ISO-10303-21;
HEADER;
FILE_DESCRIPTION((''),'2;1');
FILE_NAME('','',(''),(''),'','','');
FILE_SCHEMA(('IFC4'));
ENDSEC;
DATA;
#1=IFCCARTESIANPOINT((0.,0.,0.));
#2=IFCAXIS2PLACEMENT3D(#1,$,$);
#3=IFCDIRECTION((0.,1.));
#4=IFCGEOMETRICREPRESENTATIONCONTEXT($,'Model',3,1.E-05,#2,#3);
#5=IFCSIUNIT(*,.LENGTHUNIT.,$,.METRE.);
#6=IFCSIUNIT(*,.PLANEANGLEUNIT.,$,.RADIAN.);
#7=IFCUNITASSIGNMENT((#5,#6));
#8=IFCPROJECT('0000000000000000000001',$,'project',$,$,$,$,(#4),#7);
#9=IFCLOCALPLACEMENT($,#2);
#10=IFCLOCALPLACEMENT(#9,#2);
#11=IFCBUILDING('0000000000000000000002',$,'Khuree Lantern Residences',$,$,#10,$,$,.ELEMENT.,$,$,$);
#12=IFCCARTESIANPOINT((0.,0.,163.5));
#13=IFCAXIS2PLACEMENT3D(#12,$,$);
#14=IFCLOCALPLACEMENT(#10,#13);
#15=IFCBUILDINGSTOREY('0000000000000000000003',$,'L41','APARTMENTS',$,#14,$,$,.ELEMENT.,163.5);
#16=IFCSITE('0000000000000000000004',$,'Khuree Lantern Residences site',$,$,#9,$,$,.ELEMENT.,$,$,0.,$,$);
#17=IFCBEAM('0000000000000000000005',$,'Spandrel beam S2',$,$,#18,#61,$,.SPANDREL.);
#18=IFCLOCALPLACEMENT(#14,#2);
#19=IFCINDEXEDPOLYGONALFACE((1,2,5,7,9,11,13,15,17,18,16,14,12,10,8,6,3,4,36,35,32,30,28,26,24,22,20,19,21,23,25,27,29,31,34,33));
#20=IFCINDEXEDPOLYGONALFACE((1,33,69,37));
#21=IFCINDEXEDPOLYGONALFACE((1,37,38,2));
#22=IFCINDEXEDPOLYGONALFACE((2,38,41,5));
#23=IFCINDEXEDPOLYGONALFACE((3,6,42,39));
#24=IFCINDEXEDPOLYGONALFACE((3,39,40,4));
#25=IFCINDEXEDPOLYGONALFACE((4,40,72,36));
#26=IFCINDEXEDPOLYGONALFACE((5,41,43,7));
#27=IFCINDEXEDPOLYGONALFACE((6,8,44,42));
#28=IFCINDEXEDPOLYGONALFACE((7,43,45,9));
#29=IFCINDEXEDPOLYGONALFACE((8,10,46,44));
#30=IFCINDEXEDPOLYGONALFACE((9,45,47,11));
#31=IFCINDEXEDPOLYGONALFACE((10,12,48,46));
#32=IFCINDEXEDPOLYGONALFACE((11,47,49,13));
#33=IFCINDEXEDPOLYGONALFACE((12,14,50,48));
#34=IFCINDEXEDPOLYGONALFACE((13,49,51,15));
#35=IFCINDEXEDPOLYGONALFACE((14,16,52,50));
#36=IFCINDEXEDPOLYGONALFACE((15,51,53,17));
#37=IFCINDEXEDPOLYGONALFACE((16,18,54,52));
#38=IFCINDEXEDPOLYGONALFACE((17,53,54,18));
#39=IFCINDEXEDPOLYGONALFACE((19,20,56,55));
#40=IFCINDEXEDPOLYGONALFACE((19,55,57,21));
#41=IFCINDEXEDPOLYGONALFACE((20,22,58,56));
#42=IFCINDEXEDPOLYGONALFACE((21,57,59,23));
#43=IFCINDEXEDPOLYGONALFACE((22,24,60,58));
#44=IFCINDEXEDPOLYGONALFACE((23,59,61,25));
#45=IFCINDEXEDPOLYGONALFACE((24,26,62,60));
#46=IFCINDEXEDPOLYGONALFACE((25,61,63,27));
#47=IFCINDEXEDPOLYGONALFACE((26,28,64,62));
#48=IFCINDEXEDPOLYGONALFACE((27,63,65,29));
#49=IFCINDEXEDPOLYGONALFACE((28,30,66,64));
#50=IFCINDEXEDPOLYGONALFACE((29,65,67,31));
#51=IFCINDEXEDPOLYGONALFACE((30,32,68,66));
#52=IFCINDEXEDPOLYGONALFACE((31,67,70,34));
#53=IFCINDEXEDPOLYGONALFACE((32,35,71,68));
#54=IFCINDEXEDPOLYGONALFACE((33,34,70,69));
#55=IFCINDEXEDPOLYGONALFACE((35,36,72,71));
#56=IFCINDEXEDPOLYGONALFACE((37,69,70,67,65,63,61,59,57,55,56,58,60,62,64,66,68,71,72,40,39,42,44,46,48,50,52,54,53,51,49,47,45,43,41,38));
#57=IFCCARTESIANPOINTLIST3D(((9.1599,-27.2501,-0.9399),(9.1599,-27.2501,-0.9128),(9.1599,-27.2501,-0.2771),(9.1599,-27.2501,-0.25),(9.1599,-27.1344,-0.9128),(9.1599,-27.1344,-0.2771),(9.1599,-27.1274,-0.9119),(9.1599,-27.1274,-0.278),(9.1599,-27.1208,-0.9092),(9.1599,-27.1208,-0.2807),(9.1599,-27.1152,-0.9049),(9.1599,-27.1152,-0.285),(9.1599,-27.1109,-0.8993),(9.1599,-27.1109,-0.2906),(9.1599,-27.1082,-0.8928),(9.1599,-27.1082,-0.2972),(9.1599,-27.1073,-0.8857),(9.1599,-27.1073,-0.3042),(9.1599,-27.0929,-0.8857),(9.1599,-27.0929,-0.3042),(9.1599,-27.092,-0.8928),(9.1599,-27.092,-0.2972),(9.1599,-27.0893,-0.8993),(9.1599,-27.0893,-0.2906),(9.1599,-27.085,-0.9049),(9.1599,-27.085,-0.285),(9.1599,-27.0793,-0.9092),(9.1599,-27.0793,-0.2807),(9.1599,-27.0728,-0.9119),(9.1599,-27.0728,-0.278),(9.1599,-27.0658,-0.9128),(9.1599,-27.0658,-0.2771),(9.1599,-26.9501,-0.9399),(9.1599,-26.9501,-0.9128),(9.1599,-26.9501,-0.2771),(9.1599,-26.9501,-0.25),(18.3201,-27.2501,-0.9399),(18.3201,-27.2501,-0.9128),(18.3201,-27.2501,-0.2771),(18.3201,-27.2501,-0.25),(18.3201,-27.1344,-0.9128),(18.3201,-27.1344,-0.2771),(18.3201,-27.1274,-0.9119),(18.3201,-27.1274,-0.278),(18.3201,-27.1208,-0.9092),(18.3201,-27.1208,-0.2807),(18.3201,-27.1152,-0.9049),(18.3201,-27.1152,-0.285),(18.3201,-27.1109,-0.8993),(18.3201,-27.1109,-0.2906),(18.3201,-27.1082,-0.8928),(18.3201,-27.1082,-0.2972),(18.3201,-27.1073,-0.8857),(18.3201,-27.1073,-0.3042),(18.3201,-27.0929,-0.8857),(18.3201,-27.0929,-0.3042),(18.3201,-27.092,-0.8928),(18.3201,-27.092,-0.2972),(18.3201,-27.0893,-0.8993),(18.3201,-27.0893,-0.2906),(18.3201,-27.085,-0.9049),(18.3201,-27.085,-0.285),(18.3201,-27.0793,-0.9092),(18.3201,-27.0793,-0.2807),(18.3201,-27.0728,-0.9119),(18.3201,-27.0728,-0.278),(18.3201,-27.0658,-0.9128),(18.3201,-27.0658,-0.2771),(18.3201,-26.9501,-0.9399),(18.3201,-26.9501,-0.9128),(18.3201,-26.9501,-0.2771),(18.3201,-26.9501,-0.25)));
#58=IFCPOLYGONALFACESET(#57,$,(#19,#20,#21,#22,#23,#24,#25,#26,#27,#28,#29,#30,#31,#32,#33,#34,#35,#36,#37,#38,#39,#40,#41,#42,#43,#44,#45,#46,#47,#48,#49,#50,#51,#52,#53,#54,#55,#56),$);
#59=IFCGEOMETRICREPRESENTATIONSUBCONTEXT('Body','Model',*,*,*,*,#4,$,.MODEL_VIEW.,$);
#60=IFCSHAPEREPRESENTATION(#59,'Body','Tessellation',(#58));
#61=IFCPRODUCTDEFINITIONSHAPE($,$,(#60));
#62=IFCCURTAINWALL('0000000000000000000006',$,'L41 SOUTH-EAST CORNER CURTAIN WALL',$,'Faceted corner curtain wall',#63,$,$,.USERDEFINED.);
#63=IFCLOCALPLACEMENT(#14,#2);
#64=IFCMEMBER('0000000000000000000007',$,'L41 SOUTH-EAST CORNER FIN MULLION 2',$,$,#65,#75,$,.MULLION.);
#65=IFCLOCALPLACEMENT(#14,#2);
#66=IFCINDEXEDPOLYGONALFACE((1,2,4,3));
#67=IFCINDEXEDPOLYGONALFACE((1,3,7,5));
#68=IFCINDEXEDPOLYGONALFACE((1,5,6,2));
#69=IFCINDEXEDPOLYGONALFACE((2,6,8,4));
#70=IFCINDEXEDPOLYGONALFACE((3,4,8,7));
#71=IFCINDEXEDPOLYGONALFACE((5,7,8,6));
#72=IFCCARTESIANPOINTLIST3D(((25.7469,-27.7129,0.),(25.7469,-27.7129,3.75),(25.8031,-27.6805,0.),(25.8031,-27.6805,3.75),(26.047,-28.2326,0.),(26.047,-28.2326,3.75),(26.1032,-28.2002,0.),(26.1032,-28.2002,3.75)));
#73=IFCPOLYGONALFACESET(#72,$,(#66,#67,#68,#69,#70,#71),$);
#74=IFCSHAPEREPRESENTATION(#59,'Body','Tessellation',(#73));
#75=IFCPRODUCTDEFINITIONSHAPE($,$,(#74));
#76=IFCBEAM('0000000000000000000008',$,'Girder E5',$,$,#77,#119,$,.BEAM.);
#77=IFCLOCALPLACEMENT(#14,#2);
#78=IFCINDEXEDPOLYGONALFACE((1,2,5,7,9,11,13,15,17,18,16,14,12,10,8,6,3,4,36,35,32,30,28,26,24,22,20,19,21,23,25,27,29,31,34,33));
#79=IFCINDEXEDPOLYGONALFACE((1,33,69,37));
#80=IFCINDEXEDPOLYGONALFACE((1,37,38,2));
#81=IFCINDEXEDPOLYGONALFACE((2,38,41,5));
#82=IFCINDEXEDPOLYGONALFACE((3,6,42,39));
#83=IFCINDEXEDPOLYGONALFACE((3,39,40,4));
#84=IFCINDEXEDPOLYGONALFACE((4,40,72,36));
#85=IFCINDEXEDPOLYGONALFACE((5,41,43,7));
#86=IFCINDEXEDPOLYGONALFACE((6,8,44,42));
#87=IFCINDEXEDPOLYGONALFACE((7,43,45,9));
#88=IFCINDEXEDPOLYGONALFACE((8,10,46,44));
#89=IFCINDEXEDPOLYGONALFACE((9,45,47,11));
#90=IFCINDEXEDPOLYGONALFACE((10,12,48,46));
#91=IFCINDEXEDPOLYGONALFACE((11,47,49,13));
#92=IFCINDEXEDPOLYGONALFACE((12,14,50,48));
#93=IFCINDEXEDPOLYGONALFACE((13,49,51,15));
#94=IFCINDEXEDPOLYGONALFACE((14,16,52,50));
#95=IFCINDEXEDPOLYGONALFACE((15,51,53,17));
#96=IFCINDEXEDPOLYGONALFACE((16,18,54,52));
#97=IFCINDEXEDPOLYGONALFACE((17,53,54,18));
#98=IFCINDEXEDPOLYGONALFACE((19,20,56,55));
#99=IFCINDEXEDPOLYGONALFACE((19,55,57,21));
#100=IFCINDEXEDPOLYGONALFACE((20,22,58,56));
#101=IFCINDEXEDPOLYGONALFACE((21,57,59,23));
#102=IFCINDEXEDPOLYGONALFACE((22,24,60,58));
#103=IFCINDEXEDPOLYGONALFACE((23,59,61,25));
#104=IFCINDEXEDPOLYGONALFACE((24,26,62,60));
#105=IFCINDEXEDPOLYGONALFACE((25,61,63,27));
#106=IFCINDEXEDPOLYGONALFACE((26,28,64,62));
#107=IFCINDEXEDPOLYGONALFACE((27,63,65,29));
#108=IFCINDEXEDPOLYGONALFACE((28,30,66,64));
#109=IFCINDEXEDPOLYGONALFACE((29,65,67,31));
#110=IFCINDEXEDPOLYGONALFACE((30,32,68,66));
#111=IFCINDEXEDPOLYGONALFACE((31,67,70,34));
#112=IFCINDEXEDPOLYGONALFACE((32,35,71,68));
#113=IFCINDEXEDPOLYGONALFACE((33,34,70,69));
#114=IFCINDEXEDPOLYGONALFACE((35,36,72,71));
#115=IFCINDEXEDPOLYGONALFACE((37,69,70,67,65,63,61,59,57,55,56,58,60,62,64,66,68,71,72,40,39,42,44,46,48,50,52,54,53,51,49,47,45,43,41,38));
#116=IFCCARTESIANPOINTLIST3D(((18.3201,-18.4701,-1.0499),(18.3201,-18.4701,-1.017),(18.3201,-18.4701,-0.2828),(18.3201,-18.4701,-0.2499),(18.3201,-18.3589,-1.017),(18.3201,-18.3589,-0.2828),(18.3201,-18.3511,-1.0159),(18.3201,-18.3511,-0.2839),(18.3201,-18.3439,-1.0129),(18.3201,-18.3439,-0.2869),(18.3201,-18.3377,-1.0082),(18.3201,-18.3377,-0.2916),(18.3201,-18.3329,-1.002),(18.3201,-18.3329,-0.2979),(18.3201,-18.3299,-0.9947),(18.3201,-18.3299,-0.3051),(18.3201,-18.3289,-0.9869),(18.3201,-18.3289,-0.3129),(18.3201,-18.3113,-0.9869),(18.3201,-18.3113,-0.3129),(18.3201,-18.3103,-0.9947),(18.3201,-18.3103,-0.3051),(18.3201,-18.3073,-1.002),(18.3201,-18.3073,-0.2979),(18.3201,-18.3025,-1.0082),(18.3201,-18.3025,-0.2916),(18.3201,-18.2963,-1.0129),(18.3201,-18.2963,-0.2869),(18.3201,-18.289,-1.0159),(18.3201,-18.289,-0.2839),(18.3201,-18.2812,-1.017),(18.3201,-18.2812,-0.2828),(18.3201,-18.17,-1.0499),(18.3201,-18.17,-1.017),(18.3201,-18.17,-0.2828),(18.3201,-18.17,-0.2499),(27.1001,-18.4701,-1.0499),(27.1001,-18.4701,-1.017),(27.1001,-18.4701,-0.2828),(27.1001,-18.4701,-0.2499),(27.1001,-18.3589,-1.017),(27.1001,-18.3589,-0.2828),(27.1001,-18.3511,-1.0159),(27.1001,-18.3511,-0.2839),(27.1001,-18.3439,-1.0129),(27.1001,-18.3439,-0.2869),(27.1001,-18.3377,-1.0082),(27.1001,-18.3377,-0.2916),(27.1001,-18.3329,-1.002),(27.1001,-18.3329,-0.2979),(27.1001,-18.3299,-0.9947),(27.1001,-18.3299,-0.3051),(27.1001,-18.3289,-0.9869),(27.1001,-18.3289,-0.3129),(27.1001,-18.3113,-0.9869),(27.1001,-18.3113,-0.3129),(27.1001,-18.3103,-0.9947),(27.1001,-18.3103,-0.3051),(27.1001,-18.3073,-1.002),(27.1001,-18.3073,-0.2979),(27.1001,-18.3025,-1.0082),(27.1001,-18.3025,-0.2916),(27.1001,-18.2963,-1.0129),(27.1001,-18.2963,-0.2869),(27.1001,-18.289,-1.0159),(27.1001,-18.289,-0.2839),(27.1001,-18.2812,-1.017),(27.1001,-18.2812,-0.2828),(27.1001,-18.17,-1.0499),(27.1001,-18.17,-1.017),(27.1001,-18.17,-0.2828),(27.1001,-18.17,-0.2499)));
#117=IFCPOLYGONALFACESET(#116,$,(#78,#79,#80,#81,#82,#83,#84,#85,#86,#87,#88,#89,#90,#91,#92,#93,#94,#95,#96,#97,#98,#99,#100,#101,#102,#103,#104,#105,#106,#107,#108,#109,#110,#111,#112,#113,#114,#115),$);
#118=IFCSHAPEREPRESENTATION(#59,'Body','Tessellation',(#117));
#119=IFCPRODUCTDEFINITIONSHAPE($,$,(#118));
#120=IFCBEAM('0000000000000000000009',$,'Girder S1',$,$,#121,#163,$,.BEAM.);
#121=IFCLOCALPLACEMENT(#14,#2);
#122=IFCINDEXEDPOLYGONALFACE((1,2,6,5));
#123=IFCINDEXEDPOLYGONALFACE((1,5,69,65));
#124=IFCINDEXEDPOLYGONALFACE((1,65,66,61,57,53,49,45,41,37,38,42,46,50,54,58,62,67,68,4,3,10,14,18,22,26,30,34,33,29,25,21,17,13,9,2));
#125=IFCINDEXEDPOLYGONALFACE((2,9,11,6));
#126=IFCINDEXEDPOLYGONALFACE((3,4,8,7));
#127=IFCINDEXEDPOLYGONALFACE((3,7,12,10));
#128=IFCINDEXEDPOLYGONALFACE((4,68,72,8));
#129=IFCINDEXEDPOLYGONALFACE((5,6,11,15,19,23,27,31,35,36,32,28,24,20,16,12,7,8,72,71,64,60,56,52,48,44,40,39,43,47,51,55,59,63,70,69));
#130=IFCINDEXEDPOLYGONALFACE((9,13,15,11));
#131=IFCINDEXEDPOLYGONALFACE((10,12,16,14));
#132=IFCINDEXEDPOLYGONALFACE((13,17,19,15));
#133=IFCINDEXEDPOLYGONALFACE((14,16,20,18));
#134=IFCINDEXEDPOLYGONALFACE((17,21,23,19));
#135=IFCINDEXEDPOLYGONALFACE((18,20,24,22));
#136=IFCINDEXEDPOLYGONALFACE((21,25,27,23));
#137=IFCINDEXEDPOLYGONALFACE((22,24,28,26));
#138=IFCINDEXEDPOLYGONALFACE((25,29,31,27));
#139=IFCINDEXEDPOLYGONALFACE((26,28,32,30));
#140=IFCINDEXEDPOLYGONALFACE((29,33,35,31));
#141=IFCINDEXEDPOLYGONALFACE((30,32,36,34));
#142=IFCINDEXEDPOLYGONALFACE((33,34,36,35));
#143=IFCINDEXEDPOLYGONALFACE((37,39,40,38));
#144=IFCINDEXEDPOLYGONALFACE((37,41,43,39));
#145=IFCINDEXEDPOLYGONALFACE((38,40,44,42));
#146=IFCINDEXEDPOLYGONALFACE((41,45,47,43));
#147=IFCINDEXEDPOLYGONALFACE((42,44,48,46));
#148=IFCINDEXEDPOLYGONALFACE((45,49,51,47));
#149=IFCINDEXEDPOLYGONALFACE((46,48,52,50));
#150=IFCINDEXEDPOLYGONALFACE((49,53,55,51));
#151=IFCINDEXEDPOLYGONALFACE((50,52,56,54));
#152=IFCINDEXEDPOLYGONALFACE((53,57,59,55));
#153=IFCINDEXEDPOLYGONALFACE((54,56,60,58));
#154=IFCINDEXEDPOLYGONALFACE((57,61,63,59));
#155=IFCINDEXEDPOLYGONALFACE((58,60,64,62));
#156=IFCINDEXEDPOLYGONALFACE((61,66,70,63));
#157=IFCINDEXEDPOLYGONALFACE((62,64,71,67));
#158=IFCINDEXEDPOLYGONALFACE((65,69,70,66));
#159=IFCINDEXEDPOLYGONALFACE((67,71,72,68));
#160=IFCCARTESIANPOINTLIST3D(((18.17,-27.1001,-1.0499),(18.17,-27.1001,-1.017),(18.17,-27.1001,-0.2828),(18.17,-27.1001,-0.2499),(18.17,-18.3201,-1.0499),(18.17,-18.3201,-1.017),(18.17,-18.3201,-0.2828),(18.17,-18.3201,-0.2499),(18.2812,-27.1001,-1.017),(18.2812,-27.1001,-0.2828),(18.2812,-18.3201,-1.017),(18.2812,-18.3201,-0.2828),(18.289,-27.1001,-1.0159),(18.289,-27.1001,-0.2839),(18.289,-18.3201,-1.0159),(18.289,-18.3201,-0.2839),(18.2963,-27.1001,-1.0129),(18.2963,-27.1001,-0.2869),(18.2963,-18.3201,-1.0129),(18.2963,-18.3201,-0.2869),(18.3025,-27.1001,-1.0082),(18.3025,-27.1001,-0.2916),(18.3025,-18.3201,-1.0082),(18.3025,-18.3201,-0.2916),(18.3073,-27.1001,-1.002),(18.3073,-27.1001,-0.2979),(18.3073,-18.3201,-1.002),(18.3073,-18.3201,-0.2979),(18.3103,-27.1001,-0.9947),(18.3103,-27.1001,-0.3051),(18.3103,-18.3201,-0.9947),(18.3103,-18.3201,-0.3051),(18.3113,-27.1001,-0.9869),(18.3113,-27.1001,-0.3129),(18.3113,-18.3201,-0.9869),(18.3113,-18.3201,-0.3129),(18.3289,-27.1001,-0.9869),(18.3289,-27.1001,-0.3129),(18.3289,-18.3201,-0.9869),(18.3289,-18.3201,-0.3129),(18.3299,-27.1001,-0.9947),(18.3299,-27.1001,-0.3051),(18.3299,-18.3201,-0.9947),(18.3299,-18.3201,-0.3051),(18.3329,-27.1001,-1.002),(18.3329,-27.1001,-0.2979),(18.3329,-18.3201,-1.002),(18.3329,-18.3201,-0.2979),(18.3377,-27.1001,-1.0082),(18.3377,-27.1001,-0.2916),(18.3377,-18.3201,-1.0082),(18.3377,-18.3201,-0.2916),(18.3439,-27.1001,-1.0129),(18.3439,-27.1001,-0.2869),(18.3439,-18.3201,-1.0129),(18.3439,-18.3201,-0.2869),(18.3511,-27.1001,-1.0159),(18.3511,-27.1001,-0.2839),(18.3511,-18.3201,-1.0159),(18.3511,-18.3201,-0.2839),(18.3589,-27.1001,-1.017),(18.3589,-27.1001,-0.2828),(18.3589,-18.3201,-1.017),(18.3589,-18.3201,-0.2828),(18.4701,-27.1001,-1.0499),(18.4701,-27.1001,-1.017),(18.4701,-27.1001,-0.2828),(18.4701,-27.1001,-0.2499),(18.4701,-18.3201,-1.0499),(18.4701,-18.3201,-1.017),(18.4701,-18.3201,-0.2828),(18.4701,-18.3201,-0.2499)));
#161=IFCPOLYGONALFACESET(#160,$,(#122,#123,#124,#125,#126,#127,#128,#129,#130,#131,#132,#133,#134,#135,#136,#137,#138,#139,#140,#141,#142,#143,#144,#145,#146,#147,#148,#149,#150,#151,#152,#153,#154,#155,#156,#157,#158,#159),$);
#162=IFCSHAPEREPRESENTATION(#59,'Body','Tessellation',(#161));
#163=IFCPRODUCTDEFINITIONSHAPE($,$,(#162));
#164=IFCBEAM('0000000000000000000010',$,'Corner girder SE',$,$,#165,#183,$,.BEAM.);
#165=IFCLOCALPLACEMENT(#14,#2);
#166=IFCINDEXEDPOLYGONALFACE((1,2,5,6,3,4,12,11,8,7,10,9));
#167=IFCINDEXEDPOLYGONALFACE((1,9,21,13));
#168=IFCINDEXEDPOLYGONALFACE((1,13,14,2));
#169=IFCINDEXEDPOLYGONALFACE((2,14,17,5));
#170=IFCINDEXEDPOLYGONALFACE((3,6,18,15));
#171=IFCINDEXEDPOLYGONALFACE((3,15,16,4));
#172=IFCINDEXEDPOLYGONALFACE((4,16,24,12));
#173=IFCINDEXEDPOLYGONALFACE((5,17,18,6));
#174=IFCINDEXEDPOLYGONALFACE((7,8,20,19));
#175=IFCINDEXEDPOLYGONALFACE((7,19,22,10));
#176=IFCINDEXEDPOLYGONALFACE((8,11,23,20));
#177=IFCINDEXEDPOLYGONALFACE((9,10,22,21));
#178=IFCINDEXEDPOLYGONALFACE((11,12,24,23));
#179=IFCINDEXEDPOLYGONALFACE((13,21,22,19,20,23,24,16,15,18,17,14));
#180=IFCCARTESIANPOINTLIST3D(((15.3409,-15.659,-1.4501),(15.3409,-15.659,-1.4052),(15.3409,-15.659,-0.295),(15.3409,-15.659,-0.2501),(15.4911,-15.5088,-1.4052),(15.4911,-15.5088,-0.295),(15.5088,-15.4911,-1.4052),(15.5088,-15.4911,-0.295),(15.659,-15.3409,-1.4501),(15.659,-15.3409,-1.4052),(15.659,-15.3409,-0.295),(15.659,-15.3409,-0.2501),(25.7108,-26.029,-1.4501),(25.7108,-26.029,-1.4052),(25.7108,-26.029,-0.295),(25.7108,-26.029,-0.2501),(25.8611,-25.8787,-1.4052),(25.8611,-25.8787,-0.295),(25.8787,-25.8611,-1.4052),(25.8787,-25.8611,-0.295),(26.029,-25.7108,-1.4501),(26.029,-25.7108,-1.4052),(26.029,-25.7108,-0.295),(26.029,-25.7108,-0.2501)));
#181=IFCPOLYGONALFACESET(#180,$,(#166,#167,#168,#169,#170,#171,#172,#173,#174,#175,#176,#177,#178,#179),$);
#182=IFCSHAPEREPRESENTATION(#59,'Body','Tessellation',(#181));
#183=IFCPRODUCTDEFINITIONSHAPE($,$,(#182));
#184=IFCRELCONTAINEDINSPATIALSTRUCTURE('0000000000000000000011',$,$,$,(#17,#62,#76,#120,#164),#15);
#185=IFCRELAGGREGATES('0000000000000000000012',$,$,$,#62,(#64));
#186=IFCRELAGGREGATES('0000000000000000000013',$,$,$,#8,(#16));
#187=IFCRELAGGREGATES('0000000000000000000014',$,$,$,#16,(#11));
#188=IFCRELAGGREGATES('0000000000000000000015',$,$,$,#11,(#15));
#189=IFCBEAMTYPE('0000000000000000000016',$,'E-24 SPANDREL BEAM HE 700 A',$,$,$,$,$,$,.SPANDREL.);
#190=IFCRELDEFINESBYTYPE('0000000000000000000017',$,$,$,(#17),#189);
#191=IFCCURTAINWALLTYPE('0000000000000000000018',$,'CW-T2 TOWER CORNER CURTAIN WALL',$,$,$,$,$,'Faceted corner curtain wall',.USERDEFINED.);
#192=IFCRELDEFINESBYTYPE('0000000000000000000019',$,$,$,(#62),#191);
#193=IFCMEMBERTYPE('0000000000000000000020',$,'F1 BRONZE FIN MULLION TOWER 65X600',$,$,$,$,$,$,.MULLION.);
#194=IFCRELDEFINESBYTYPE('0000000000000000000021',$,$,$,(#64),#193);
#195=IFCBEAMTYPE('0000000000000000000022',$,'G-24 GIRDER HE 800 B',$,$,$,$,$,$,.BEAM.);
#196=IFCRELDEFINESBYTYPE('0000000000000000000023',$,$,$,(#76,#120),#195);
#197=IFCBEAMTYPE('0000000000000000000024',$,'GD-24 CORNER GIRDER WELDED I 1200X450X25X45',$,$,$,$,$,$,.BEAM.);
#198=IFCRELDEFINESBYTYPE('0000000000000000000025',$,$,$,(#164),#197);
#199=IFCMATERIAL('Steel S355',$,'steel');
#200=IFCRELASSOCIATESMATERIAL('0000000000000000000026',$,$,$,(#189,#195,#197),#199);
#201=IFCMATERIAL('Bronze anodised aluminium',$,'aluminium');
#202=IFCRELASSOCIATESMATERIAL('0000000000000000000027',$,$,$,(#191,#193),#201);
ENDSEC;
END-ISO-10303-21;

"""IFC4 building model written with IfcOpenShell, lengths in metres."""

from ifc_helpers import new_model, si_unit, direction, frame, origin, origin_2d, place, context, subcontext, project, spatial, rectangle, i_section, extrude, material, material_profile, profile_set, type_object, element, aggregate, save


model = new_model("IFC4")

# Units and contexts
model_context = context("Model", 3, precision=1e-05, world=origin(), true_north=direction((0.0, 1.0)))
body_context = subcontext(model_context, "Body", "Model", "MODEL_VIEW")
ifc_project = project(units=[si_unit("LENGTHUNIT", "METRE"), si_unit("PLANEANGLEUNIT", "RADIAN")], contexts=[model_context])

# Site, building, storey
site_placement = place(None, origin())
site = spatial("IfcSite", under=ifc_project, at=site_placement, Name="Khuree Lantern Residences site", CompositionType="ELEMENT", RefElevation=0.0)
building_placement = place(site_placement, origin())
building = spatial("IfcBuilding", under=site, at=building_placement, Name="Khuree Lantern Residences", CompositionType="ELEMENT")
storey_placement = place(building_placement, frame((0.0, 0.0, 163.5)))
storey = spatial("IfcBuildingStorey", under=building, at=storey_placement, Name="L41", Description="APARTMENTS", CompositionType="ELEMENT", Elevation=163.5)

# Beam
ifc_material_1 = material(Name="Steel S355", Category="steel")
ifc_material_profile_1 = material_profile(ifc_material_1, i_section(OverallWidth=0.3, OverallDepth=0.6899, WebThickness=0.0144, FlangeThickness=0.0271, FilletRadius=0.0271, at=origin_2d()), Name="HE 700 A")
ifc_profile_set_1 = profile_set([ifc_material_profile_1], Name="Steel S355")
beam_type_1 = type_object("IfcBeamType", Name="E-24 SPANDREL BEAM HE 700 A", PredefinedType="SPANDREL", material=ifc_profile_set_1)
beam_1_placement = place(storey_placement, frame((18.3201, -27.1001, -0.595), z_axis=(-1.0, 0.0, 0.0), x_axis=(0.0, -1.0, 0.0)))
element("IfcBeam", 1, at=beam_1_placement, inside=storey, type_object=beam_type_1, Name="Spandrel beam S2", PredefinedType="SPANDREL", context=body_context, shape_type="SweptSolid", body=[
    extrude(i_section(OverallWidth=0.3, OverallDepth=0.6899, WebThickness=0.0144, FlangeThickness=0.0271, FilletRadius=0.0271, at=origin_2d()), origin(), (0.0, 0.0, 1.0), 9.1602),
])

# Curtain wall, member
ifc_material_2 = material(Name="Bronze anodised aluminium", Category="aluminium")
curtain_wall_type_1 = type_object("IfcCurtainWallType", Name="CW-T2 TOWER CORNER CURTAIN WALL", ElementType="Faceted corner curtain wall", PredefinedType="USERDEFINED", material=ifc_material_2)
curtain_wall_1_placement = place(storey_placement, origin())
curtain_wall_1 = element("IfcCurtainWall", 2, at=curtain_wall_1_placement, inside=storey, type_object=curtain_wall_type_1, Name="L41 SOUTH-EAST CORNER CURTAIN WALL", ObjectType="Faceted corner curtain wall", PredefinedType="USERDEFINED")
ifc_material_profile_2 = material_profile(ifc_material_2, rectangle(XDim=0.0649, YDim=0.6001, at=origin_2d()), Name="F1 65X600")
ifc_profile_set_2 = profile_set([ifc_material_profile_2], Name="Bronze anodised aluminium")
member_type_1 = type_object("IfcMemberType", Name="F1 BRONZE FIN MULLION TOWER 65X600", PredefinedType="MULLION", material=ifc_profile_set_2)
member_1_placement = place(storey_placement, frame((25.925, -27.9565, 0.0), z_axis=(0.0, 0.0, 1.0), x_axis=(0.866025, 0.5, 0.0)))
member_1 = element("IfcMember", 3, at=member_1_placement, type_object=member_type_1, Name="L41 SOUTH-EAST CORNER FIN MULLION 2", PredefinedType="MULLION", context=body_context, shape_type="SweptSolid", body=[
    extrude(rectangle(XDim=0.0649, YDim=0.6001, at=origin_2d()), origin(), (0.0, 0.0, 1.0), 3.75),
])

# Beams
ifc_material_profile_3 = material_profile(ifc_material_1, i_section(OverallWidth=0.3, OverallDepth=0.8, WebThickness=0.0176, FlangeThickness=0.033, FilletRadius=0.03, at=origin_2d()), Name="HE 800 B")
ifc_profile_set_3 = profile_set([ifc_material_profile_3], Name="Steel S355")
beam_type_2 = type_object("IfcBeamType", Name="G-24 GIRDER HE 800 B", PredefinedType="BEAM", material=ifc_profile_set_3)
for number, where, z_axis, x_axis, name in (
    (4, (27.1001, -18.3201, -0.6499), (-1.0, 0.0, 0.0), (0.0, -1.0, 0.0), "Girder E5"),
    (5, (18.3201, -27.1001, -0.6499), (0.0, 1.0, 0.0), (-1.0, 0.0, 0.0), "Girder S1"),
):
    element("IfcBeam", number, at=place(storey_placement, frame(where, z_axis=z_axis, x_axis=x_axis)), inside=storey, type_object=beam_type_2, Name=name, PredefinedType="BEAM", context=body_context, shape_type="SweptSolid", body=[
        extrude(i_section(OverallWidth=0.3, OverallDepth=0.8, WebThickness=0.0176, FlangeThickness=0.033, FilletRadius=0.03, at=origin_2d()), origin(), (0.0, 0.0, 1.0), 8.78),
    ])
ifc_material_profile_4 = material_profile(ifc_material_1, i_section(OverallWidth=0.45, OverallDepth=1.2, WebThickness=0.0249, FlangeThickness=0.0449, at=origin_2d()), Name="WELDED I 1200X450X25X45")
ifc_profile_set_4 = profile_set([ifc_material_profile_4], Name="Steel S355")
beam_type_3 = type_object("IfcBeamType", Name="GD-24 CORNER GIRDER WELDED I 1200X450X25X45", PredefinedType="BEAM", material=ifc_profile_set_4)
beam_2_placement = place(storey_placement, frame((25.8699, -25.8699, -0.8501), z_axis=(-0.707107, 0.707107, 0.0), x_axis=(-0.707107, -0.707107, 0.0)))
element("IfcBeam", 6, at=beam_2_placement, inside=storey, type_object=beam_type_3, Name="Corner girder SE", PredefinedType="BEAM", context=body_context, shape_type="SweptSolid", body=[
    extrude(i_section(OverallWidth=0.45, OverallDepth=1.2, WebThickness=0.0249, FlangeThickness=0.0449, at=origin_2d()), origin(), (0.0, 0.0, 1.0), 14.6653),
])

aggregate(curtain_wall_1, [member_1])

save(model, "model.ifc")
